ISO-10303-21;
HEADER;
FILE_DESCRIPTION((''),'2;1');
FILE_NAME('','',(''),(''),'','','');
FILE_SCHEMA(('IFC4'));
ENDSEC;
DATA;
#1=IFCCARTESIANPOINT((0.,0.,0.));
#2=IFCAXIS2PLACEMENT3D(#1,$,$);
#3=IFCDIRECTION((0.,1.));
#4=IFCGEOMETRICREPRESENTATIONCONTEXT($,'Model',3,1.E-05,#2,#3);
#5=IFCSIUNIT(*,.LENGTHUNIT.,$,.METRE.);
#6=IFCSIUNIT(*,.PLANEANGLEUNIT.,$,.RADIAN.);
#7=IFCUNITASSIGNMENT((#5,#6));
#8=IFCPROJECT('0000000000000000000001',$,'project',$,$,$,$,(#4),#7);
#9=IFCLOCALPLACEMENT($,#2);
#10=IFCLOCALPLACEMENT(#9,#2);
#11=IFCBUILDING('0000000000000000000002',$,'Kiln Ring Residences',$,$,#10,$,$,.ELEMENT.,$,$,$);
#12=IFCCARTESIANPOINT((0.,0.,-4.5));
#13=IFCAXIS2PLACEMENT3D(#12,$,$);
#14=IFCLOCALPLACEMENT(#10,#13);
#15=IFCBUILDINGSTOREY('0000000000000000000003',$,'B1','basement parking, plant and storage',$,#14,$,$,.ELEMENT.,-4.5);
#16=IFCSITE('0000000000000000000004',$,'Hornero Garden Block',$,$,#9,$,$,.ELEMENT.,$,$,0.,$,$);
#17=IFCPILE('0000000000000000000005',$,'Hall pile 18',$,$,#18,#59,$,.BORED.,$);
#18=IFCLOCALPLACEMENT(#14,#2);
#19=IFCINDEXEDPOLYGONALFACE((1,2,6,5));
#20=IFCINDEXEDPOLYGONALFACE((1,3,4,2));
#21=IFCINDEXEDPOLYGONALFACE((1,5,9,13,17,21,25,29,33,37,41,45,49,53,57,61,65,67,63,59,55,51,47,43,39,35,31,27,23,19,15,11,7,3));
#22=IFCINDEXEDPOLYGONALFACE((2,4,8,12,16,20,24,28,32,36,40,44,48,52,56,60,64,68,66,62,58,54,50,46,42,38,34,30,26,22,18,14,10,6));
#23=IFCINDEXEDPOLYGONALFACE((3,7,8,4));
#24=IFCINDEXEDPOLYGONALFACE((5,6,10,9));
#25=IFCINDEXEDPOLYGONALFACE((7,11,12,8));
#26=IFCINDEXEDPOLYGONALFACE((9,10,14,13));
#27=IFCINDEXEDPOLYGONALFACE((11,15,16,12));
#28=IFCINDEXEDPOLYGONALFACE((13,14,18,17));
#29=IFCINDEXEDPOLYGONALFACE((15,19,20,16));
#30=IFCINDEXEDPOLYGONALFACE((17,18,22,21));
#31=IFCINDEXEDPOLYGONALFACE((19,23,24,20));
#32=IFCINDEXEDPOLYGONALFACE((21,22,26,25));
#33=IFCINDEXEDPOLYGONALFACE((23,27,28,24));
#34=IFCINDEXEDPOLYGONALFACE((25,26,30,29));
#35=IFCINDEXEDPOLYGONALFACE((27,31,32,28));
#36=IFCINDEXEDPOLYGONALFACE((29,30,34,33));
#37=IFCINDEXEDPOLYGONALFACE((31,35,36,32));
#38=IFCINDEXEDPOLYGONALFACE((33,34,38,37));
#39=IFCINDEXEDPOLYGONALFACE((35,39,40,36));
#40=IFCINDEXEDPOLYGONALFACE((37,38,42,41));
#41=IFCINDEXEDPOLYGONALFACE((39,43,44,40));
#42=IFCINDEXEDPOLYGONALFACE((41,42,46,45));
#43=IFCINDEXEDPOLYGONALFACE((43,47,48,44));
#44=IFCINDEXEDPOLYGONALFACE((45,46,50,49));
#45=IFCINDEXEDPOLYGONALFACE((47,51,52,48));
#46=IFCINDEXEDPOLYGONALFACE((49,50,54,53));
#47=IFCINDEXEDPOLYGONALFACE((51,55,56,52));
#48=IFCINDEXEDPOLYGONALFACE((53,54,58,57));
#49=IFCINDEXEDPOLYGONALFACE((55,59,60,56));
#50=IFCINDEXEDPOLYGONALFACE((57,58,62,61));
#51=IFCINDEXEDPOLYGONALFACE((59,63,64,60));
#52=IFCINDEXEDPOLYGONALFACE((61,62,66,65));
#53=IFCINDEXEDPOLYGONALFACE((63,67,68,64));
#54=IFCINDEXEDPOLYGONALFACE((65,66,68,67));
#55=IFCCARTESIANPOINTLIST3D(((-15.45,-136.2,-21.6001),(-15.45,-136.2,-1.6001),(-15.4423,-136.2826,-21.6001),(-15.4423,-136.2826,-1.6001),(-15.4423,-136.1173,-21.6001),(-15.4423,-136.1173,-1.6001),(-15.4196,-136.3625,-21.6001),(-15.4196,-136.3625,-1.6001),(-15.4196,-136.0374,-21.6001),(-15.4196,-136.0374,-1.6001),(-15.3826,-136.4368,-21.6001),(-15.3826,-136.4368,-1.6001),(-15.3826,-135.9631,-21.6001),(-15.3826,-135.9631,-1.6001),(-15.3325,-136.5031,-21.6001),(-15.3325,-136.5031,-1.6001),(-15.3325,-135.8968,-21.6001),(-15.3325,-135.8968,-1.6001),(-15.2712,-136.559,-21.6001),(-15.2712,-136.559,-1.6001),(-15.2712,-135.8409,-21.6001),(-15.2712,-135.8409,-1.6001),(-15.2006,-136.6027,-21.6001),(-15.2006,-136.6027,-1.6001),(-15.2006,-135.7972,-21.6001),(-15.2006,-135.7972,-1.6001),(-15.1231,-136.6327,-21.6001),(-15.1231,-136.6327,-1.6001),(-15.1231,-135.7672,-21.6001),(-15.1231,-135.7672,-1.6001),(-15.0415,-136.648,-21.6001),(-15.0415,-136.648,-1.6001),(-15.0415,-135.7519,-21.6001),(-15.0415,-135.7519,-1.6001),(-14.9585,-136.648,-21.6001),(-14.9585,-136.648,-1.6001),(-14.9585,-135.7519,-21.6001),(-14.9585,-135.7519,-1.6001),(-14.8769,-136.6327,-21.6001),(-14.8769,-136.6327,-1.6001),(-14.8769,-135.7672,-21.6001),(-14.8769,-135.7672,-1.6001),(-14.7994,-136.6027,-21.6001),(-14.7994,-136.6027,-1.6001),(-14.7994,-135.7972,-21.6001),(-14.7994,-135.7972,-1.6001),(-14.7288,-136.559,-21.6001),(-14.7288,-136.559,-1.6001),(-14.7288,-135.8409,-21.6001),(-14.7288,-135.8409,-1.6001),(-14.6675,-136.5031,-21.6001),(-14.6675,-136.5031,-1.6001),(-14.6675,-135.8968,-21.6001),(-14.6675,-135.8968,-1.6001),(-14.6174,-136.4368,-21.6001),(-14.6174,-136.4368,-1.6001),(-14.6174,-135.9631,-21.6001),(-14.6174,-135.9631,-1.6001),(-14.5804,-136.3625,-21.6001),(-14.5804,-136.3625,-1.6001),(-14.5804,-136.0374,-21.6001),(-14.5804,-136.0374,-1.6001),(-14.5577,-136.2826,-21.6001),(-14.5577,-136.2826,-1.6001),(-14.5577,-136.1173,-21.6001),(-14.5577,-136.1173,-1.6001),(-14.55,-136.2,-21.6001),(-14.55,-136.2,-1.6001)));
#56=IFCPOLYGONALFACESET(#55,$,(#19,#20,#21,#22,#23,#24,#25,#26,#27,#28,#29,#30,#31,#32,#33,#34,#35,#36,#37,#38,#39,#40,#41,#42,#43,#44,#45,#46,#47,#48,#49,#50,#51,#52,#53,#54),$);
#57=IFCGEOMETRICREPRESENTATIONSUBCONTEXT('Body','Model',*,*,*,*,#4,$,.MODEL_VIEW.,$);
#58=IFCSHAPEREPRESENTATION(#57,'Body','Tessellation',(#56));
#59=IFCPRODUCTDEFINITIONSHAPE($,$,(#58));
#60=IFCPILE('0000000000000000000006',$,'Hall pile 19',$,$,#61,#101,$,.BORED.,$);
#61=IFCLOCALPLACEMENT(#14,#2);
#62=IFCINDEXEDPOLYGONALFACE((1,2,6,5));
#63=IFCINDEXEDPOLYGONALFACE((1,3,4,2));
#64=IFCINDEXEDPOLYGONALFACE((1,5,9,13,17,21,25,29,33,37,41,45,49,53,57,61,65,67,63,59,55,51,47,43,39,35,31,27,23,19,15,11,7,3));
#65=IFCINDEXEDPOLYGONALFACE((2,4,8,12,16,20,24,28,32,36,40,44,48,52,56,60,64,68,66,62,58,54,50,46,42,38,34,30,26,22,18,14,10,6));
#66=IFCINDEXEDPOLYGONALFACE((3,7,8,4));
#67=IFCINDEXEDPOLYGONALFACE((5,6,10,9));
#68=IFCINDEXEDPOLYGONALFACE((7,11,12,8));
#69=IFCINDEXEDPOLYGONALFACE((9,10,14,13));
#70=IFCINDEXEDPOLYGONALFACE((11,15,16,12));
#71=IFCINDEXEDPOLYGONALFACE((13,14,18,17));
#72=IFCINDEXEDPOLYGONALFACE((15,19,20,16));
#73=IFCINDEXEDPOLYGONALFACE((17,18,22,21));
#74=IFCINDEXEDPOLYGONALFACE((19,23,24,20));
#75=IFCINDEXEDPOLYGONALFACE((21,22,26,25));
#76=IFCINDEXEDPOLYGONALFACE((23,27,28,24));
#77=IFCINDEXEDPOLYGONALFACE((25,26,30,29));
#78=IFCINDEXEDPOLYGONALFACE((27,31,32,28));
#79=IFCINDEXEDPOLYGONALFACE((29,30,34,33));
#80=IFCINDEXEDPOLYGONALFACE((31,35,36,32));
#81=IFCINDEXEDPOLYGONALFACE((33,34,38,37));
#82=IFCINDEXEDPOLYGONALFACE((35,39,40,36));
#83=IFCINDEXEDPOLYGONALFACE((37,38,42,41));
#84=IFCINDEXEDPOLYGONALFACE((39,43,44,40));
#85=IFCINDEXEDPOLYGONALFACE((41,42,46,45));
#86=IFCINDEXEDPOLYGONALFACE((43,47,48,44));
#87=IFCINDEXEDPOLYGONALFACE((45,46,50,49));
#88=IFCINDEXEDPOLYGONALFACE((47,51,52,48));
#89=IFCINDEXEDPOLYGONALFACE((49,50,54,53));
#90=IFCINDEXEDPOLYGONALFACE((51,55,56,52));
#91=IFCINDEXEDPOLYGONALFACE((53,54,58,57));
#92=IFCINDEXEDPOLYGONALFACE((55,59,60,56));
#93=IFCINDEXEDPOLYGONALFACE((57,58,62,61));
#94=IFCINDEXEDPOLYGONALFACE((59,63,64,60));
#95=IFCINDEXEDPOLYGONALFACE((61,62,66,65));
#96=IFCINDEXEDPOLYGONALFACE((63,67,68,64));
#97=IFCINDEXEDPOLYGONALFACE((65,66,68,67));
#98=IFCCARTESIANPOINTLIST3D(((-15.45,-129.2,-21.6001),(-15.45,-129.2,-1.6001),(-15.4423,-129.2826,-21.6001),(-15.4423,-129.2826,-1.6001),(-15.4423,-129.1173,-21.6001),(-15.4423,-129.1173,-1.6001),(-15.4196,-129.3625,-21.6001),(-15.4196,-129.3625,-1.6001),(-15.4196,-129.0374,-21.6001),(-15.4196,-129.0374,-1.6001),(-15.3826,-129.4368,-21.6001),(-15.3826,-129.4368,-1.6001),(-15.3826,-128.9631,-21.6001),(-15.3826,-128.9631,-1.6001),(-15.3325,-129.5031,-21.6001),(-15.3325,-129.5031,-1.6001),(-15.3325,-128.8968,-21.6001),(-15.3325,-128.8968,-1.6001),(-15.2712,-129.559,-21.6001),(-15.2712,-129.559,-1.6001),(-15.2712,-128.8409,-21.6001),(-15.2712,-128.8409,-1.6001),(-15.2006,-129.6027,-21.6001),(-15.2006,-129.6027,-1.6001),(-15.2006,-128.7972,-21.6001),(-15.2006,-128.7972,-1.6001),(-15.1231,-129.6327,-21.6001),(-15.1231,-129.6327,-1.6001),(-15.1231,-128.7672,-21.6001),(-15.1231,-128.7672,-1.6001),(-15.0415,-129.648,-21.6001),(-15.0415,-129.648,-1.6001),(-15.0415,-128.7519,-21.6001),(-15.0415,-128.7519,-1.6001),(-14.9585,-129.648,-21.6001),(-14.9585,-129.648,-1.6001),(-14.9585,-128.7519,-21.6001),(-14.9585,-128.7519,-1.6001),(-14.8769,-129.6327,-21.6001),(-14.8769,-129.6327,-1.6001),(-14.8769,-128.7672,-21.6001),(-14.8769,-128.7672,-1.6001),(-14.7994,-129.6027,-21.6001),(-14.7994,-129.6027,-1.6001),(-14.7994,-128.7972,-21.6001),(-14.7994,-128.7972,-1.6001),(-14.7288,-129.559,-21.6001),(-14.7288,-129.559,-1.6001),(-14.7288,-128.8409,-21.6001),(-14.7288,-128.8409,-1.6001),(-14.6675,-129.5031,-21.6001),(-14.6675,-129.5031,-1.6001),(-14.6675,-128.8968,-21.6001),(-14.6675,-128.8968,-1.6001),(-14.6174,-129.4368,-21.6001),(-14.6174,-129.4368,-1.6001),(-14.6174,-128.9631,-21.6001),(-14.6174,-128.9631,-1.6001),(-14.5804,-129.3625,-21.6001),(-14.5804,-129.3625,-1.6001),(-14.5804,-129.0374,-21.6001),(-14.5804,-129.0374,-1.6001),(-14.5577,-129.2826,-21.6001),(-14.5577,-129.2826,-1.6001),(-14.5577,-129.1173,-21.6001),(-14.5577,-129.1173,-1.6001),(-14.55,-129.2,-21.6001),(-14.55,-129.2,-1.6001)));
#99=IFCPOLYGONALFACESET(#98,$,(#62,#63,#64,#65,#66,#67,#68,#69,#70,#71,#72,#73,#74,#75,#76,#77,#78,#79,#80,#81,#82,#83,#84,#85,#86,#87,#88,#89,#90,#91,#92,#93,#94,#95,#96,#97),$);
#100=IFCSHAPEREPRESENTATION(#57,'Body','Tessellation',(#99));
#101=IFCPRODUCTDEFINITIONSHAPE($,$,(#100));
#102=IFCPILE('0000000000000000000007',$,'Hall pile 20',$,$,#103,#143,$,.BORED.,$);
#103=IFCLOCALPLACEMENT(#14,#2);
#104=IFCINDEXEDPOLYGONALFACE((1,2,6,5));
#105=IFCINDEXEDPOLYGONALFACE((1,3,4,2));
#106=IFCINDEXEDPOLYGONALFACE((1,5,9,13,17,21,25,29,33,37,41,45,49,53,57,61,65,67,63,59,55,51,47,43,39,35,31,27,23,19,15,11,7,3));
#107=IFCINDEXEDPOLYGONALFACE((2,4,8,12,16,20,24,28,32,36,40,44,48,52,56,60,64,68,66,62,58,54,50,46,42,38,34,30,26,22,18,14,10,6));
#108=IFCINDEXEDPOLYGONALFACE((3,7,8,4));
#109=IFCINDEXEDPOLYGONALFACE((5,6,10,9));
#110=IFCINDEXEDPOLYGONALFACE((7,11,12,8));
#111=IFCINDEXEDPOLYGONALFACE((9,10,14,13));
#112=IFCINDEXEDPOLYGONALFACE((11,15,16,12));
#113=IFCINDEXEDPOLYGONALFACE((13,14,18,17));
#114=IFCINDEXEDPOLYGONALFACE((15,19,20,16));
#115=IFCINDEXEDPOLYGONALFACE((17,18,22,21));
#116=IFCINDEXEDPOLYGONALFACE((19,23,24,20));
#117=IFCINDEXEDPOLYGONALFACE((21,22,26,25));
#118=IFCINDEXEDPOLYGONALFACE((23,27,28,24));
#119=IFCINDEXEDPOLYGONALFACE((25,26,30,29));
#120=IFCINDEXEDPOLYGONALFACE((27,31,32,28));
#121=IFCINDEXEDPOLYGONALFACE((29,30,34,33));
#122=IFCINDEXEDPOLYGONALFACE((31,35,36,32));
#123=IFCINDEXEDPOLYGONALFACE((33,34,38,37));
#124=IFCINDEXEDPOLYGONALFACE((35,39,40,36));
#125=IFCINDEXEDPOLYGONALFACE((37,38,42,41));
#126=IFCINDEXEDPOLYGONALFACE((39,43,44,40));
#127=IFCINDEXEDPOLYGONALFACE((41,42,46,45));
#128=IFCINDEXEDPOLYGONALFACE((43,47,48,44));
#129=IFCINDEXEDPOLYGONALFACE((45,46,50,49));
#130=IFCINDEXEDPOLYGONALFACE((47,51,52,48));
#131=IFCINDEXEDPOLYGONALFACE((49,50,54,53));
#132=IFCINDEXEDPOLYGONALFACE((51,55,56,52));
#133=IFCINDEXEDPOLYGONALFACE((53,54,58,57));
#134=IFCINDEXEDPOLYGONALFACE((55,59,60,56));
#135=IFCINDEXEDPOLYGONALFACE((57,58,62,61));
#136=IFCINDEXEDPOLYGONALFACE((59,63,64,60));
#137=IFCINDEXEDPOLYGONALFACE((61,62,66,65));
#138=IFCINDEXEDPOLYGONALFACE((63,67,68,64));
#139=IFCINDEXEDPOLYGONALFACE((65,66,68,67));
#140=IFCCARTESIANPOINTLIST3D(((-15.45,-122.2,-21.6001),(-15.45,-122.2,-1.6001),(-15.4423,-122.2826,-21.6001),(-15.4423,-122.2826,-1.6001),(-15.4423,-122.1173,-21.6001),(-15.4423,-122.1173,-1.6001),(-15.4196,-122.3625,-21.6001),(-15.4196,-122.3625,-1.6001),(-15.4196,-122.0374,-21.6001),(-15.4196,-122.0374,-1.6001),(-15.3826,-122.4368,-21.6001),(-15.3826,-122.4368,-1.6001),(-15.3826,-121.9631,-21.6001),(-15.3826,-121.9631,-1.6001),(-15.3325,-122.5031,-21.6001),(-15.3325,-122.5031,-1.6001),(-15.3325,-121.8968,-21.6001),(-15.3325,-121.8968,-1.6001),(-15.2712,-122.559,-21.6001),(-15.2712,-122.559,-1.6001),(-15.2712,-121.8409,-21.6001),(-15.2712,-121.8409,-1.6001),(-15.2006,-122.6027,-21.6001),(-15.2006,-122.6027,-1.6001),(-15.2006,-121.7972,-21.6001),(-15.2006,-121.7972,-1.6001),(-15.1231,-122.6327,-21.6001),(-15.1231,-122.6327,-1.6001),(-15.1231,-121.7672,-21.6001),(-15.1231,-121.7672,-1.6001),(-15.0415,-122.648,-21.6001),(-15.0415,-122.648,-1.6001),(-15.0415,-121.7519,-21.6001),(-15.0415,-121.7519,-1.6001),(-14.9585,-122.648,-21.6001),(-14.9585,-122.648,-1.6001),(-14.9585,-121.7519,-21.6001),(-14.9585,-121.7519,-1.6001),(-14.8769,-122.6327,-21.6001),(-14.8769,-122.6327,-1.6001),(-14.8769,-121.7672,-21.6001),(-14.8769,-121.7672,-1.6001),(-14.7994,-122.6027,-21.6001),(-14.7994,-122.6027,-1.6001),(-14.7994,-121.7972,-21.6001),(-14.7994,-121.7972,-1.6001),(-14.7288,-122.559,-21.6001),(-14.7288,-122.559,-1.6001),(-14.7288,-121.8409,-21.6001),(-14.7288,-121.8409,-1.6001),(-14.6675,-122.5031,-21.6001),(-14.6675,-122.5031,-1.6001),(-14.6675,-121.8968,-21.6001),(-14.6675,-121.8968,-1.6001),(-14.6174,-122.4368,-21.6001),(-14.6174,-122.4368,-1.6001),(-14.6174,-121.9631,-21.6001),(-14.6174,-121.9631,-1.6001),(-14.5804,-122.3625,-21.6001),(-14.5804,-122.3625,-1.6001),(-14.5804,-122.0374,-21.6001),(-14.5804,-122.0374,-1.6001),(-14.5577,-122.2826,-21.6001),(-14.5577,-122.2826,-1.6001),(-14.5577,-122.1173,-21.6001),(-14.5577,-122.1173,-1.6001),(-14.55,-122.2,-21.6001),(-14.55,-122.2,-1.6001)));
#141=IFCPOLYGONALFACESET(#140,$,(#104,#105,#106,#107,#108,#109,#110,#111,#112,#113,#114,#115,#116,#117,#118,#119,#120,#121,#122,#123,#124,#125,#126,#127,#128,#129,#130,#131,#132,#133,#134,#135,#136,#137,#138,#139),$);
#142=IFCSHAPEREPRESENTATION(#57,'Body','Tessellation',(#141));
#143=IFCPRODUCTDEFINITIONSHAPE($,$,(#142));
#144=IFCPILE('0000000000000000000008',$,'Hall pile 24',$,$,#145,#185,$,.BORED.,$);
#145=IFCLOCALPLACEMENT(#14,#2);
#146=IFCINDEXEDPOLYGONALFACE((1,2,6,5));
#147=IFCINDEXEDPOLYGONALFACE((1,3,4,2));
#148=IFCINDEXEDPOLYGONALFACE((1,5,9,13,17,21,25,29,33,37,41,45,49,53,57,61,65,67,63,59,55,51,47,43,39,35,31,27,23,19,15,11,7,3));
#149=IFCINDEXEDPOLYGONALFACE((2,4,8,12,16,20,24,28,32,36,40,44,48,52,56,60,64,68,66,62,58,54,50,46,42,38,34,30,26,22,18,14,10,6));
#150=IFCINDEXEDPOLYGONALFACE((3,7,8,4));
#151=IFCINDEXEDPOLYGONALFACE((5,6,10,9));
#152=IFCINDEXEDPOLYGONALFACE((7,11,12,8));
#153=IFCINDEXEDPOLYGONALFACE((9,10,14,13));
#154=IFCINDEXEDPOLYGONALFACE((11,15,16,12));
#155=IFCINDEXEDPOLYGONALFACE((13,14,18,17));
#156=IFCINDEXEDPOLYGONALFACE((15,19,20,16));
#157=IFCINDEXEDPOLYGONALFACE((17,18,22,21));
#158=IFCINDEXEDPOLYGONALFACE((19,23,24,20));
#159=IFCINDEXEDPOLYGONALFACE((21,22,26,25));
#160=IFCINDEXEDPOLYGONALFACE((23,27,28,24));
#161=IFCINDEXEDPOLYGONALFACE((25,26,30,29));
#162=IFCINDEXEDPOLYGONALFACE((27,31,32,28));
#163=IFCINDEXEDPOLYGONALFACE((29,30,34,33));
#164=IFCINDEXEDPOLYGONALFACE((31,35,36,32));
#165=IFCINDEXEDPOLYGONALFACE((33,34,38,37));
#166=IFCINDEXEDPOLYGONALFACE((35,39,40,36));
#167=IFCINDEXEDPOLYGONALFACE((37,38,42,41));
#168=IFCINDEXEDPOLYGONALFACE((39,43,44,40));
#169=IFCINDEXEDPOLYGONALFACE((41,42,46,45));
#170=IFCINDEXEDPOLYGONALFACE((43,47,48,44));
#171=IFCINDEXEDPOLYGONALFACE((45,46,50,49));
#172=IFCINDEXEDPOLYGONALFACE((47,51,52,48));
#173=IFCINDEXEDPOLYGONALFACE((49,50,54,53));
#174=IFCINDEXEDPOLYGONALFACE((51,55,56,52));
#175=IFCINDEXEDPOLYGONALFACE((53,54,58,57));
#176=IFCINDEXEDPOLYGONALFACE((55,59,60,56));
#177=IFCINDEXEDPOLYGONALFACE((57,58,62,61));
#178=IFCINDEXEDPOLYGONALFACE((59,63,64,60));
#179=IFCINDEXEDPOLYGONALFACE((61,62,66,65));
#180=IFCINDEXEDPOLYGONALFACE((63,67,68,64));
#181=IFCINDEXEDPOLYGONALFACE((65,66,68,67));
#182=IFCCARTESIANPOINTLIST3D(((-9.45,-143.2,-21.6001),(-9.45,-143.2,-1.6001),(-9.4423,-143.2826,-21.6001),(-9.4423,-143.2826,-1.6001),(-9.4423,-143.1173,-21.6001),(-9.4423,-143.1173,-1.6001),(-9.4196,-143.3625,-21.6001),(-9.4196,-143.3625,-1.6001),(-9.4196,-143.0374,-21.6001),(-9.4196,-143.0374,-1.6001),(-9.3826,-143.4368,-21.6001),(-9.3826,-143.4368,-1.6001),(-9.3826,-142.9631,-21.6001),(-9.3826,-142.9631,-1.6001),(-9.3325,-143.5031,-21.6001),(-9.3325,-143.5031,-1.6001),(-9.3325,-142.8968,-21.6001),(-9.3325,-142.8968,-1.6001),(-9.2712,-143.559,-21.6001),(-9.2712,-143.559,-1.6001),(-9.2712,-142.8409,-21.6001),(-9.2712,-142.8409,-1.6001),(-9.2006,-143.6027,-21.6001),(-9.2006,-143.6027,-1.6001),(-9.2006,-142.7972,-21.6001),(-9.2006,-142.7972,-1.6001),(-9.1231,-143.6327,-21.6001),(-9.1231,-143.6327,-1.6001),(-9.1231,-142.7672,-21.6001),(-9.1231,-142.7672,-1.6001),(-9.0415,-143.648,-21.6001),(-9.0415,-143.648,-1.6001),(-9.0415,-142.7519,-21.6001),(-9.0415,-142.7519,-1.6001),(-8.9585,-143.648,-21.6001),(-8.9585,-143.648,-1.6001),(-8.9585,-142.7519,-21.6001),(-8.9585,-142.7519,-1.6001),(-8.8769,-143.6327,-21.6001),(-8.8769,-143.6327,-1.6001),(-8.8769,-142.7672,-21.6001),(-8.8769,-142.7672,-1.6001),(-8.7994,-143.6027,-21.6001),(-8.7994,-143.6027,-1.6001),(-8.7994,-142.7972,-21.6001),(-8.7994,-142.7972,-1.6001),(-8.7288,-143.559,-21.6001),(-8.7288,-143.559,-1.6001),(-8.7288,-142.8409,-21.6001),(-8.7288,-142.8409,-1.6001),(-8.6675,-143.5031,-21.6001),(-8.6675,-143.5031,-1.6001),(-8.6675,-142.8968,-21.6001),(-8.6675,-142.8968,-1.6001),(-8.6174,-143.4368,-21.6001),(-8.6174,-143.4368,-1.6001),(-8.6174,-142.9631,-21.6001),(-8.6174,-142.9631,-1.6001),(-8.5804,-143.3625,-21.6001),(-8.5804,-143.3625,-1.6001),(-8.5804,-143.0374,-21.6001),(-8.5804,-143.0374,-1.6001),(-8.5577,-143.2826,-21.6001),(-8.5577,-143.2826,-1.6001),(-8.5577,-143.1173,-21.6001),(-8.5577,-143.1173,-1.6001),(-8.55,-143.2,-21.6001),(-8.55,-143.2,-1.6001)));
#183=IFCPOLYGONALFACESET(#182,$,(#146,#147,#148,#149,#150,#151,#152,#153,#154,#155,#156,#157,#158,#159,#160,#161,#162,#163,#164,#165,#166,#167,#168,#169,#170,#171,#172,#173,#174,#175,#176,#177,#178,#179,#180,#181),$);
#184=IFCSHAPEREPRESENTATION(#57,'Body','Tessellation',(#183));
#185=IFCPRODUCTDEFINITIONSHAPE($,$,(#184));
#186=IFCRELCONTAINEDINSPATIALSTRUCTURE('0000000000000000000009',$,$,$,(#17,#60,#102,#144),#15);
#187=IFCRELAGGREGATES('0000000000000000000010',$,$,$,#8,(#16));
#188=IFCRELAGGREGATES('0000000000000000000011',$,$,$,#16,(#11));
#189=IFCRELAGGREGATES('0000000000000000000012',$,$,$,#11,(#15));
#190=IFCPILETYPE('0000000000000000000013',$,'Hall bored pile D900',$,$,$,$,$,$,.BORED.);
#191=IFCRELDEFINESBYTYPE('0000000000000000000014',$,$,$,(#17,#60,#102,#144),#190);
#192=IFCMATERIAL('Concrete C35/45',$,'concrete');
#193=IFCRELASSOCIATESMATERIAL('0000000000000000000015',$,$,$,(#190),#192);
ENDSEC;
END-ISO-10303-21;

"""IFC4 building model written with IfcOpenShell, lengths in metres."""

from ifc_helpers import new_model, si_unit, direction, frame, origin, origin_2d, place, context, subcontext, project, spatial, circle, extrude, material, material_profile, profile_set, type_object, element, save


model = new_model("IFC4")

# Units and contexts
model_context = context("Model", 3, precision=1e-05, world=origin(), true_north=direction((0.0, 1.0)))
body_context = subcontext(model_context, "Body", "Model", "MODEL_VIEW")
ifc_project = project(units=[si_unit("LENGTHUNIT", "METRE"), si_unit("PLANEANGLEUNIT", "RADIAN")], contexts=[model_context])

# Site, building, storey
site_placement = place(None, origin())
site = spatial("IfcSite", under=ifc_project, at=site_placement, Name="Hornero Garden Block", CompositionType="ELEMENT", RefElevation=0.0)
building_placement = place(site_placement, origin())
building = spatial("IfcBuilding", under=site, at=building_placement, Name="Kiln Ring Residences", CompositionType="ELEMENT")
storey_placement = place(building_placement, frame((0.0, 0.0, -4.5)))
storey = spatial("IfcBuildingStorey", under=building, at=storey_placement, Name="B1", Description="basement parking, plant and storage", CompositionType="ELEMENT", Elevation=-4.5)

# Piles
ifc_material_1 = material(Name="Concrete C35/45", Category="concrete")
ifc_material_profile = material_profile(ifc_material_1, circle(Radius=0.45, at=origin_2d()), Name="Hall bored pile D900")
ifc_profile_set = profile_set([ifc_material_profile], Name="Concrete C35/45")
pile_type = type_object("IfcPileType", Name="Hall bored pile D900", PredefinedType="BORED", material=ifc_profile_set)
for number, where, z_axis, x_axis, name in (
    (1, (-15.0, -136.2, -1.6001), (0.0, 0.0, -1.0), (1.0, 0.0, 0.0), "Hall pile 18"),
    (2, (-15.0, -129.2, -1.6001), (0.0, 0.0, -1.0), (1.0, 0.0, 0.0), "Hall pile 19"),
    (3, (-15.0, -122.2, -1.6001), (0.0, 0.0, -1.0), (1.0, 0.0, 0.0), "Hall pile 20"),
    (4, (-9.0, -143.2, -1.6001), (0.0, 0.0, -1.0), (1.0, 0.0, 0.0), "Hall pile 24"),
):
    element("IfcPile", number, at=place(storey_placement, frame(where, z_axis=z_axis, x_axis=x_axis)), inside=storey, type_object=pile_type, Name=name, PredefinedType="BORED", context=body_context, shape_type="SweptSolid", body=[
        extrude(circle(Radius=0.45, at=origin_2d()), origin(), (0.0, 0.0, 1.0), 20.0),
    ])

save(model, "model.ifc")
